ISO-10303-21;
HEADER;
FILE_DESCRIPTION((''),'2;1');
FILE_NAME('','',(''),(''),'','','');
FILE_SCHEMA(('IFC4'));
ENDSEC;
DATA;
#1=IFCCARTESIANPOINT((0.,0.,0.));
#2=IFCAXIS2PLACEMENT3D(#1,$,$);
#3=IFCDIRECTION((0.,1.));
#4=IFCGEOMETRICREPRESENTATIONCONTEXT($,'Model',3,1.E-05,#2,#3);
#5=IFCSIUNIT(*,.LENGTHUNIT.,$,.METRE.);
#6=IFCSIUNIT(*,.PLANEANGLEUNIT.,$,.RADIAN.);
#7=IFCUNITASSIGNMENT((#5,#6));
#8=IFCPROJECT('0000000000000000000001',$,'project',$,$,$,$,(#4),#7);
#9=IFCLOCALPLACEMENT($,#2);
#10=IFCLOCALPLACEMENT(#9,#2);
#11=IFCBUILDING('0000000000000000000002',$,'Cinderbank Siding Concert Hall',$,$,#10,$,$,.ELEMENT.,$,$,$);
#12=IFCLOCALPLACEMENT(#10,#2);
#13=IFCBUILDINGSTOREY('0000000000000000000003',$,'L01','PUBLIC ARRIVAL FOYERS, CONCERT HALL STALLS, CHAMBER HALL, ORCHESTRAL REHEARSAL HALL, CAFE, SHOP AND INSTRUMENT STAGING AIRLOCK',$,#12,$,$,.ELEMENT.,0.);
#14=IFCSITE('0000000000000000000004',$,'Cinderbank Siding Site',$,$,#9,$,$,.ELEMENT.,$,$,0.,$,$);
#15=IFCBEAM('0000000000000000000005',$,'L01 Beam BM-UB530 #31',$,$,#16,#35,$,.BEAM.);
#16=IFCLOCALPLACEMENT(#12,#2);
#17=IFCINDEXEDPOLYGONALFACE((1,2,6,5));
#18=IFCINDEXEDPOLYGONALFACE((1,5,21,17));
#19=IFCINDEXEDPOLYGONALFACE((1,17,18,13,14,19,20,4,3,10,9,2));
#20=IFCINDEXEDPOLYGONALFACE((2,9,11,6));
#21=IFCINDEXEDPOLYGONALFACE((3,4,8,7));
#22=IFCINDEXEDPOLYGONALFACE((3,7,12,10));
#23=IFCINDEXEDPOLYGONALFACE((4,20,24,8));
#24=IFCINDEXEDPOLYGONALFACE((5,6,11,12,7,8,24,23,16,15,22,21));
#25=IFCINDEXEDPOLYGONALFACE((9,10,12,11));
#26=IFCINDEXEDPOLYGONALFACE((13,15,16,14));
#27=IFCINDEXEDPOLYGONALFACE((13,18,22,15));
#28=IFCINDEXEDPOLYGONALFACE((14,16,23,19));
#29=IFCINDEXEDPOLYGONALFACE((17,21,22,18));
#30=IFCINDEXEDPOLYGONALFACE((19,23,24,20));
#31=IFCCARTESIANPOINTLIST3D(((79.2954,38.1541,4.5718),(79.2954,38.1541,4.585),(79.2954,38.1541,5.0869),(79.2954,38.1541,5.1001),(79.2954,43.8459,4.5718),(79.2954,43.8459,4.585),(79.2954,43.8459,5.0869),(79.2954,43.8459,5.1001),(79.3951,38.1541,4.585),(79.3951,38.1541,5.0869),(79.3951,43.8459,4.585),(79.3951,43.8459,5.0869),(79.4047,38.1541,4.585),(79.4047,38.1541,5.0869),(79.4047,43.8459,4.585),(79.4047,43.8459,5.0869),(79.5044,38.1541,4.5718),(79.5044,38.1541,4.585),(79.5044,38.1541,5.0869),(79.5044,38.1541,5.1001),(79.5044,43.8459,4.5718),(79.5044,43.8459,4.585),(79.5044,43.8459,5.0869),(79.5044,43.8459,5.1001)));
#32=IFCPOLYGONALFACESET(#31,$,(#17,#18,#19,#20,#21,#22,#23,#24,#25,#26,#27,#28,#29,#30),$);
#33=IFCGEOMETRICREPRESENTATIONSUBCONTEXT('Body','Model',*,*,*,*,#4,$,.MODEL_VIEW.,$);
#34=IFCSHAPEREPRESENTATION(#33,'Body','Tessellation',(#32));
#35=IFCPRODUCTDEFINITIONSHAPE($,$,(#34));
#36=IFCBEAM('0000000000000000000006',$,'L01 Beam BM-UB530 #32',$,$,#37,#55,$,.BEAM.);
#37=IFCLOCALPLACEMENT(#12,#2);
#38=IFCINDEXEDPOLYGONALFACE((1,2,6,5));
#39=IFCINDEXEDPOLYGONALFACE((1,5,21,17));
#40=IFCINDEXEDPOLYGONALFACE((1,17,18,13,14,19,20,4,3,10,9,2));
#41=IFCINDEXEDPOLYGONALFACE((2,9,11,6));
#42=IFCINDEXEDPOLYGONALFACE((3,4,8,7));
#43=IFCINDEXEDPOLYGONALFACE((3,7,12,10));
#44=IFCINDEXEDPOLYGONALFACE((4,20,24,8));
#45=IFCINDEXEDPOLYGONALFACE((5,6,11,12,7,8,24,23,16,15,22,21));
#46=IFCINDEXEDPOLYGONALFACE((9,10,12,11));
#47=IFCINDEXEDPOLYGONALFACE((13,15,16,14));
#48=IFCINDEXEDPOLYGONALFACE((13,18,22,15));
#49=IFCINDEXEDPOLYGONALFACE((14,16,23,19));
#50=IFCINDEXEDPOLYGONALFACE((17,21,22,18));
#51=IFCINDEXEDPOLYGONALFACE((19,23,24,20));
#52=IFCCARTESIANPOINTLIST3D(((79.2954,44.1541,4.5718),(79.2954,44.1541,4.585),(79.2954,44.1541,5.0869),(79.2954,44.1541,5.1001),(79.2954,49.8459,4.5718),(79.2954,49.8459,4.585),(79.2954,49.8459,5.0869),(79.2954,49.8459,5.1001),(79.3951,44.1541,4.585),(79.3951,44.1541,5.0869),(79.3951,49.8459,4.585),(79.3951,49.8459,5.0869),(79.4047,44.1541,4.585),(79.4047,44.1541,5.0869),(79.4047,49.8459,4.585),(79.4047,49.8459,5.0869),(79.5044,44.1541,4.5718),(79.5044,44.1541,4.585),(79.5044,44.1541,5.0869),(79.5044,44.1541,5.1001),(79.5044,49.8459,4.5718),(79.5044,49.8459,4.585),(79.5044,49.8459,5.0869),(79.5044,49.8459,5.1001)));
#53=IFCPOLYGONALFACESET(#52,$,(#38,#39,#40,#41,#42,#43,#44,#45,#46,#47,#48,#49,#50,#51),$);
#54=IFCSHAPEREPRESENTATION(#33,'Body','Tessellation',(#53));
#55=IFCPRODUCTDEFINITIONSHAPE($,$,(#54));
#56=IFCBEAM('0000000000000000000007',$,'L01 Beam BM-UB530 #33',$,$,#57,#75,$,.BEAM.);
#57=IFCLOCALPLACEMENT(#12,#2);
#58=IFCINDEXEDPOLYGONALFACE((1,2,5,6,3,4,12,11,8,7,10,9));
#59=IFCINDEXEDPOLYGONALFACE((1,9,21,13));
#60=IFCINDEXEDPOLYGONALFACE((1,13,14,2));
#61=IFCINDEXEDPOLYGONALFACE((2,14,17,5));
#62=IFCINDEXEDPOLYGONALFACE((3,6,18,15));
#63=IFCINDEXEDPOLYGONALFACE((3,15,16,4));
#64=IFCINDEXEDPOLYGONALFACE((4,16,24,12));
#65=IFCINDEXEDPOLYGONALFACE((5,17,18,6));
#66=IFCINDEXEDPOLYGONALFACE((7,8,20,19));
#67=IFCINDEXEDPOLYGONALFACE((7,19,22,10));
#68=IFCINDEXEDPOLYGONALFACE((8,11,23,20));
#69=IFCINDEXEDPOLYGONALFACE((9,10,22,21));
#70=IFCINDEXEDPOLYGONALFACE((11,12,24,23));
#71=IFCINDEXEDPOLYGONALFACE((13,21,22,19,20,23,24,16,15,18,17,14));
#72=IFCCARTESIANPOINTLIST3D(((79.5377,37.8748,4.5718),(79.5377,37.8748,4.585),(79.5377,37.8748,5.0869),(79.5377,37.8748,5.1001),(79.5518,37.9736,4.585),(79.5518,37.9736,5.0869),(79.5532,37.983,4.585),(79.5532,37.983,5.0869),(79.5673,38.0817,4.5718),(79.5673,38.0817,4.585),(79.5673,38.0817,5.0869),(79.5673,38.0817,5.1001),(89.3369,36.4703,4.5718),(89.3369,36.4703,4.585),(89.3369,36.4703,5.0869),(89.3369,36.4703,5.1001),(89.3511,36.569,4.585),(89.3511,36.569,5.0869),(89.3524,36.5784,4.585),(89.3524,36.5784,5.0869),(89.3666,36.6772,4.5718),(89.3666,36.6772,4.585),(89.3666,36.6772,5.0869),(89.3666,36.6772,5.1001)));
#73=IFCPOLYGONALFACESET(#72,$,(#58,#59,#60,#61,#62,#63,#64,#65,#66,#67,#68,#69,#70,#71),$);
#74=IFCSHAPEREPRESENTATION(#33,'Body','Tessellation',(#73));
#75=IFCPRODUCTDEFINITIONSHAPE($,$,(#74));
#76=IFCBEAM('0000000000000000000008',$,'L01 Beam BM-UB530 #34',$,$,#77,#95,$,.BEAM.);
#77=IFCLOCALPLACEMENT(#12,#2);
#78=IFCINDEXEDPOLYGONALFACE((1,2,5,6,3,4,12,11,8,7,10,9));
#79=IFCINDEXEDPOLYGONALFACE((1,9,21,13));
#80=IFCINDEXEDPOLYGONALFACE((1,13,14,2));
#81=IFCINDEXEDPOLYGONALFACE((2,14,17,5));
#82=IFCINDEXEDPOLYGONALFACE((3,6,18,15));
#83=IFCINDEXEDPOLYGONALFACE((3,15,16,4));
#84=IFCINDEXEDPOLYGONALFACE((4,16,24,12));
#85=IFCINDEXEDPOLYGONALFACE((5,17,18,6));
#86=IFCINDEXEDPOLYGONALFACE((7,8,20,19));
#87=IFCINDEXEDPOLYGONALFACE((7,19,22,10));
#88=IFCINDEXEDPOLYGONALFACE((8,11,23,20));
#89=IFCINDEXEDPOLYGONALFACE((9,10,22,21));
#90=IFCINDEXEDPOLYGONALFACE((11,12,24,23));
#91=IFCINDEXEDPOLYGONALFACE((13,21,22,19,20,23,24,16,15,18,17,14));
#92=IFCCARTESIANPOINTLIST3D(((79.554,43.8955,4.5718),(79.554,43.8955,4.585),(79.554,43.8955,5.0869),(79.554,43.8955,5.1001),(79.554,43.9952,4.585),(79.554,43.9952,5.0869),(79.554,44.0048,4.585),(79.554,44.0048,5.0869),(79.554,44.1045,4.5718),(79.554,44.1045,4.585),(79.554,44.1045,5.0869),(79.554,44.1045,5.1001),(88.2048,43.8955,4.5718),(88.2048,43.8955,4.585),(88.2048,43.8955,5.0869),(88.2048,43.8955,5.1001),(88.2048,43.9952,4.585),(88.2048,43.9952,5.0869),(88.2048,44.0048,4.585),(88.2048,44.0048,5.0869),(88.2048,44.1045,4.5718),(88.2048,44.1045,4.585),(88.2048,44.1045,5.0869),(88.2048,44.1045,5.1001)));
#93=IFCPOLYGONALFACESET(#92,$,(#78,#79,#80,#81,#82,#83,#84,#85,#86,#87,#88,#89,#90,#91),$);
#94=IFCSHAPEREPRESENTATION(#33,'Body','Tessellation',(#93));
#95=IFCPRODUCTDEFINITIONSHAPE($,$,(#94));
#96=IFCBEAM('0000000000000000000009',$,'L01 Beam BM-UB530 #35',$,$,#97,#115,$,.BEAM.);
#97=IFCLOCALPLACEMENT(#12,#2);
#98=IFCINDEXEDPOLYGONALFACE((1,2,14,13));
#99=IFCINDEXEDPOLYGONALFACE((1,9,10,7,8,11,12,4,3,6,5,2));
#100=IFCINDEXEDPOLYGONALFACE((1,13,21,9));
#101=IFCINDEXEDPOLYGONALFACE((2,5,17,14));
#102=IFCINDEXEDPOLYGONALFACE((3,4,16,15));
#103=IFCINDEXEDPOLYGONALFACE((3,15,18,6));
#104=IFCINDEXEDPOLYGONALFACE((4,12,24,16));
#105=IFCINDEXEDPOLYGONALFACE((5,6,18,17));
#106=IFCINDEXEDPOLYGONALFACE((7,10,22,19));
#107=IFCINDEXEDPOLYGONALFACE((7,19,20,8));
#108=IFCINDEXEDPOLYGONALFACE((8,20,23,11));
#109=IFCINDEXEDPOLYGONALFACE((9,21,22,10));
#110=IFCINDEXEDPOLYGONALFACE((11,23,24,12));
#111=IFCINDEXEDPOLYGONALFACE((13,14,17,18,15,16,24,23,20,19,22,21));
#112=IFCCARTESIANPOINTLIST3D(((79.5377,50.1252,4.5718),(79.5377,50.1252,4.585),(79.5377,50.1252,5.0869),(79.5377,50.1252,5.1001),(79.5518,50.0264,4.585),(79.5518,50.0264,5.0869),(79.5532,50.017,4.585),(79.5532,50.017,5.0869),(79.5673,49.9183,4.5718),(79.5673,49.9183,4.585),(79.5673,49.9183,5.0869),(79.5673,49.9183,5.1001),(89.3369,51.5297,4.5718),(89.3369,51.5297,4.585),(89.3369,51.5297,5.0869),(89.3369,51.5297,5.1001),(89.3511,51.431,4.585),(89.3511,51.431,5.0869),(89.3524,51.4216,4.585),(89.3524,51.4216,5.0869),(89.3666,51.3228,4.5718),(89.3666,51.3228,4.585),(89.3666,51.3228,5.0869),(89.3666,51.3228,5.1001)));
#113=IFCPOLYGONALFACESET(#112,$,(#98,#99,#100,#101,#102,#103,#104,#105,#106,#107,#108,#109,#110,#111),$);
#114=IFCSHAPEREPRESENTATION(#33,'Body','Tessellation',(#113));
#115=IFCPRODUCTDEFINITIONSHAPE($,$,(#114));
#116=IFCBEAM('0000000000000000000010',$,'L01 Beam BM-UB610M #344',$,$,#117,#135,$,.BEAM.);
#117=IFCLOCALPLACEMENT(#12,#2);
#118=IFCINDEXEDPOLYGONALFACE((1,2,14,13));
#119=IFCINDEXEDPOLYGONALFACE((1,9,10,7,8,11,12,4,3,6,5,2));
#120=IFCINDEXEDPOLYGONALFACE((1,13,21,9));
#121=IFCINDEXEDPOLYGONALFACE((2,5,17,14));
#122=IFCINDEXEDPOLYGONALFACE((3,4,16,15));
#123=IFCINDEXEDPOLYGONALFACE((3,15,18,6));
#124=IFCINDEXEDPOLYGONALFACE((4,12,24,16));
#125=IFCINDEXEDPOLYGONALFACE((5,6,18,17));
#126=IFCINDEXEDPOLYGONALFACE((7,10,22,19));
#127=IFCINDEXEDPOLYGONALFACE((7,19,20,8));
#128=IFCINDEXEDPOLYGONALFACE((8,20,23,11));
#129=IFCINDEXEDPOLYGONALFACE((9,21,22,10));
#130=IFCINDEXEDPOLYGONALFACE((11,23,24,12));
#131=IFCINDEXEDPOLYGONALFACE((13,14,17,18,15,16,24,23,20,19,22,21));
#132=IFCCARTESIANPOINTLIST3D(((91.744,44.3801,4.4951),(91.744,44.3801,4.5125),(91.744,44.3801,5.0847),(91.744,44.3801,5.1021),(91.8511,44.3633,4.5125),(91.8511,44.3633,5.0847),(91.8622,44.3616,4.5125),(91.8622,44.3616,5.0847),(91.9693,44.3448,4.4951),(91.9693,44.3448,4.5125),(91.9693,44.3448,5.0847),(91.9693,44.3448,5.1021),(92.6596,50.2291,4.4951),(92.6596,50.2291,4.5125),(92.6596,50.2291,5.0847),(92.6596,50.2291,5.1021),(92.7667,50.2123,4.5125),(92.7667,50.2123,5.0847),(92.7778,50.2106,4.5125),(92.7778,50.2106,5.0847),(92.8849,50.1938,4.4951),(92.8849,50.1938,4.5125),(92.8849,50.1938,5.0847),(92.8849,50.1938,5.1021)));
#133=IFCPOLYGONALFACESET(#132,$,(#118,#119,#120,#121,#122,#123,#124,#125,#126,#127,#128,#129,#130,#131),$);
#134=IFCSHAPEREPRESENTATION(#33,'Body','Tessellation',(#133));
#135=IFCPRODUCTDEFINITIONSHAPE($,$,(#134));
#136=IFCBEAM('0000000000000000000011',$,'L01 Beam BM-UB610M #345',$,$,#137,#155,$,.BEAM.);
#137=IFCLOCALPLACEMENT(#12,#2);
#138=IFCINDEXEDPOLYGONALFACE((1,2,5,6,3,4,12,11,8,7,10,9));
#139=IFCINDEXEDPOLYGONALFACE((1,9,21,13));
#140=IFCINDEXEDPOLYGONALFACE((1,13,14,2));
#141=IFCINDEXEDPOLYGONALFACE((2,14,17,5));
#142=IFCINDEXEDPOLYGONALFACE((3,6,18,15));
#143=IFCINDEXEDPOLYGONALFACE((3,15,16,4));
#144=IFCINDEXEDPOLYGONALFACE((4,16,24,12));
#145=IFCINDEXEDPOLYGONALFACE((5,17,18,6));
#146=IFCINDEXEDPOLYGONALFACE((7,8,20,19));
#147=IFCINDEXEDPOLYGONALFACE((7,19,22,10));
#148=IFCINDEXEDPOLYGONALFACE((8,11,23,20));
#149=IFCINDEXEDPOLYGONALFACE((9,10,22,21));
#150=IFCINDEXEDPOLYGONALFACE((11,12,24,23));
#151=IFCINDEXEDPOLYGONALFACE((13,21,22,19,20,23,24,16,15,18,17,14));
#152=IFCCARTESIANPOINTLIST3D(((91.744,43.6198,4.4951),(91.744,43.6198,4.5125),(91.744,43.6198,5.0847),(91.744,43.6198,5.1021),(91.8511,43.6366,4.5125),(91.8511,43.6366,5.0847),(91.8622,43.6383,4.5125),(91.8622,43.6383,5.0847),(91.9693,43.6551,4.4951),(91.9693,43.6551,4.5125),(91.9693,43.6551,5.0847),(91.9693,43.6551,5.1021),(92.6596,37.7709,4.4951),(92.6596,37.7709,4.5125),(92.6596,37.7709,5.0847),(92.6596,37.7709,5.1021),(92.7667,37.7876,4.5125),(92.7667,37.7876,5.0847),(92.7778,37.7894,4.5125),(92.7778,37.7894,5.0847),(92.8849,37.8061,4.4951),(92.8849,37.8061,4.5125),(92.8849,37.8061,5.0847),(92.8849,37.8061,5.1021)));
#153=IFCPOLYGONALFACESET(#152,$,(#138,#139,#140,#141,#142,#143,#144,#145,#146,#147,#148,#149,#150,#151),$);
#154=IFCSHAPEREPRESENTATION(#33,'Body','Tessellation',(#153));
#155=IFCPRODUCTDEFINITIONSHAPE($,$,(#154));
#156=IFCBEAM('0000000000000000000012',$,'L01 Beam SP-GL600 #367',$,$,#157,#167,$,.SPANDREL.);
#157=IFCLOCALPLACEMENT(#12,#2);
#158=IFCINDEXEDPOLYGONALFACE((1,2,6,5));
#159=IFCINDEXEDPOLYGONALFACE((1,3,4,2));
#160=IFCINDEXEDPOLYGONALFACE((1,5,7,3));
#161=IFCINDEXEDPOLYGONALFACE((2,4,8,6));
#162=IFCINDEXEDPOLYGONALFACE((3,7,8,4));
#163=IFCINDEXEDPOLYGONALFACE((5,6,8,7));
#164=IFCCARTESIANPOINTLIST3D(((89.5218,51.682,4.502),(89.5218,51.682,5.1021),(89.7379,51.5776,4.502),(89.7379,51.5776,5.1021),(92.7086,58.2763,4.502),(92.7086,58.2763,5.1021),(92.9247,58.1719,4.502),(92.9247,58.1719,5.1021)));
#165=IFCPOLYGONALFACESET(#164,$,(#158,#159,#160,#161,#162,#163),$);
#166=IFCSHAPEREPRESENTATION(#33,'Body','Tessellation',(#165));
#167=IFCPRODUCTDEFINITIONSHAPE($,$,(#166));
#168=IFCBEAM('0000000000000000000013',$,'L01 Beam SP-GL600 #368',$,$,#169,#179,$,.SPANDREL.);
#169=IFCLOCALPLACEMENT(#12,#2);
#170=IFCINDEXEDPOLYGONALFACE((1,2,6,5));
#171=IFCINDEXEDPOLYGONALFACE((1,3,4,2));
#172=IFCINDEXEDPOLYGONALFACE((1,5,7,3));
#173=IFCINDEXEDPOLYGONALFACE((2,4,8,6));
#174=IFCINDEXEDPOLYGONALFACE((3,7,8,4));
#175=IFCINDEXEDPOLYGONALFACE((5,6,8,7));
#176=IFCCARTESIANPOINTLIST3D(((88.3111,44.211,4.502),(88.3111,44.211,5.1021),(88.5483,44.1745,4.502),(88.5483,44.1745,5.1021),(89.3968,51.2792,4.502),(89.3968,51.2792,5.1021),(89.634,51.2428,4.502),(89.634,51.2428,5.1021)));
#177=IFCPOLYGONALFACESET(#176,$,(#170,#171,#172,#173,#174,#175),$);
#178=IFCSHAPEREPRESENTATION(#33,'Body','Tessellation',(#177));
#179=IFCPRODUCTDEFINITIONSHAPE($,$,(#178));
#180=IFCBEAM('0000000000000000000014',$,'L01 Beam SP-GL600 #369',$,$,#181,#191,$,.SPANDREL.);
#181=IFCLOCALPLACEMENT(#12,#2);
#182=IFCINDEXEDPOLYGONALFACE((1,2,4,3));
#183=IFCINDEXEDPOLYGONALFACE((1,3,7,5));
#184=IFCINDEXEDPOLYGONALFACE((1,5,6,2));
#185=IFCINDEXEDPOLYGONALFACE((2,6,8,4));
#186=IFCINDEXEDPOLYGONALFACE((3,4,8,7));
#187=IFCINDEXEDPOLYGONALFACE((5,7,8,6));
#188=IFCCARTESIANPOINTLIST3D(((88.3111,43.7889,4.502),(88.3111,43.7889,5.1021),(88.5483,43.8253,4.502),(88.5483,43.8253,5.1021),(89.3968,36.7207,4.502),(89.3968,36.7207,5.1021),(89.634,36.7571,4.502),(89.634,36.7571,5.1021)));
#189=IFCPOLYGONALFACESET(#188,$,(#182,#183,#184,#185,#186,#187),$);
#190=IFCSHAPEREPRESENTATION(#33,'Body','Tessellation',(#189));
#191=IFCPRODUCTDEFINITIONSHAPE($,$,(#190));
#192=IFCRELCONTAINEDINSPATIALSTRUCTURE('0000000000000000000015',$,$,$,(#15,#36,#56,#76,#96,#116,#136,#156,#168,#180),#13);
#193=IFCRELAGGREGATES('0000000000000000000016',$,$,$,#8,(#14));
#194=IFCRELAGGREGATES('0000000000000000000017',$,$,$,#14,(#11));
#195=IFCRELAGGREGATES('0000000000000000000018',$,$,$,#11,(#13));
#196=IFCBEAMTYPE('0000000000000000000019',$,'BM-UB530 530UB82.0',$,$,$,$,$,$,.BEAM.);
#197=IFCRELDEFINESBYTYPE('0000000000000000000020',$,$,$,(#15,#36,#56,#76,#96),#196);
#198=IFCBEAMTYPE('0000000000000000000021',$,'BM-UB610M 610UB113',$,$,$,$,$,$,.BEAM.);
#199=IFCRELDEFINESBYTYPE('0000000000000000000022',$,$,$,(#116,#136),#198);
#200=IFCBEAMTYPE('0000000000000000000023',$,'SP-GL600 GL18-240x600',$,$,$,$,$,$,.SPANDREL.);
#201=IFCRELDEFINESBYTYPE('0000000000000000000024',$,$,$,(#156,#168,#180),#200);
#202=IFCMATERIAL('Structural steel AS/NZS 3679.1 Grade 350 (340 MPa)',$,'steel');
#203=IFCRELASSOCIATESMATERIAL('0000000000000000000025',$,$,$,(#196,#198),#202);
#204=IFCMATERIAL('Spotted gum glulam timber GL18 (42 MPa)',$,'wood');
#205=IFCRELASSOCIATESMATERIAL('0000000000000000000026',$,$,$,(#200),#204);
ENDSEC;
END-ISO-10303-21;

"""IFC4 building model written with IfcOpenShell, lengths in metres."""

from ifc_helpers import new_model, si_unit, direction, frame, origin, origin_2d, place, context, subcontext, project, spatial, rectangle, i_section, extrude, material, material_profile, profile_set, type_object, element, save


model = new_model("IFC4")

# Units and contexts
model_context = context("Model", 3, precision=1e-05, world=origin(), true_north=direction((0.0, 1.0)))
body_context = subcontext(model_context, "Body", "Model", "MODEL_VIEW")
ifc_project = project(units=[si_unit("LENGTHUNIT", "METRE"), si_unit("PLANEANGLEUNIT", "RADIAN")], contexts=[model_context])

# Site, building, storey
site_placement = place(None, origin())
site = spatial("IfcSite", under=ifc_project, at=site_placement, Name="Cinderbank Siding Site", CompositionType="ELEMENT", RefElevation=0.0)
building_placement = place(site_placement, origin())
building = spatial("IfcBuilding", under=site, at=building_placement, Name="Cinderbank Siding Concert Hall", CompositionType="ELEMENT")
storey_placement = place(building_placement, origin())
storey = spatial("IfcBuildingStorey", under=building, at=storey_placement, Name="L01", Description="PUBLIC ARRIVAL FOYERS, CONCERT HALL STALLS, CHAMBER HALL, ORCHESTRAL REHEARSAL HALL, CAFE, SHOP AND INSTRUMENT STAGING AIRLOCK", CompositionType="ELEMENT", Elevation=0.0)

# Beams
ifc_material_1 = material(Name="Structural steel AS/NZS 3679.1 Grade 350 (340 MPa)", Category="steel")
ifc_material_profile_1 = material_profile(ifc_material_1, i_section(OverallWidth=0.209, OverallDepth=0.5283, WebThickness=0.0095, FlangeThickness=0.0132, at=origin_2d()), Name="530UB82.0", Category="LoadBearing")
ifc_profile_set_1 = profile_set([ifc_material_profile_1], Name="Structural steel AS/NZS 3679.1 Grade 350 (340 MPa)")
beam_type_1 = type_object("IfcBeamType", Name="BM-UB530 530UB82.0", PredefinedType="BEAM", material=ifc_profile_set_1)
for number, where, z_axis, x_axis, name in (
    (1, (79.3999, 38.1541, 4.8359), (0.0, 1.0, 0.0), (-1.0, 0.0, 0.0), "L01 Beam BM-UB530 #31"),
    (2, (79.3999, 44.1541, 4.8359), (0.0, 1.0, 0.0), (-1.0, 0.0, 0.0), "L01 Beam BM-UB530 #32"),
):
    element("IfcBeam", number, at=place(storey_placement, frame(where, z_axis=z_axis, x_axis=x_axis)), inside=storey, type_object=beam_type_1, Name=name, PredefinedType="BEAM", context=body_context, shape_type="SweptSolid", body=[
        extrude(i_section(OverallWidth=0.209, OverallDepth=0.5283, WebThickness=0.0095, FlangeThickness=0.0132, at=origin_2d()), origin(), (0.0, 0.0, 1.0), 5.6919),
    ])
beam_1_placement = place(storey_placement, frame((79.5525, 37.9783, 4.8359), z_axis=(0.989884, -0.141881, 0.0), x_axis=(0.141881, 0.989884, 0.0)))
element("IfcBeam", 3, at=beam_1_placement, inside=storey, type_object=beam_type_1, Name="L01 Beam BM-UB530 #33", PredefinedType="BEAM", context=body_context, shape_type="SweptSolid", body=[
    extrude(i_section(OverallWidth=0.209, OverallDepth=0.5283, WebThickness=0.0095, FlangeThickness=0.0132, at=origin_2d()), origin(), (0.0, 0.0, 1.0), 9.8994),
])
beam_2_placement = place(storey_placement, frame((79.554, 44.0, 4.8359), z_axis=(1.0, 0.0, 0.0), x_axis=(0.0, 1.0, 0.0)))
element("IfcBeam", 4, at=beam_2_placement, inside=storey, type_object=beam_type_1, Name="L01 Beam BM-UB530 #34", PredefinedType="BEAM", context=body_context, shape_type="SweptSolid", body=[
    extrude(i_section(OverallWidth=0.209, OverallDepth=0.5283, WebThickness=0.0095, FlangeThickness=0.0132, at=origin_2d()), origin(), (0.0, 0.0, 1.0), 8.6509),
])
beam_3_placement = place(storey_placement, frame((79.5525, 50.0217, 4.8359), z_axis=(0.989884, 0.141881, 0.0), x_axis=(-0.141881, 0.989884, 0.0)))
element("IfcBeam", 5, at=beam_3_placement, inside=storey, type_object=beam_type_1, Name="L01 Beam BM-UB530 #35", PredefinedType="BEAM", context=body_context, shape_type="SweptSolid", body=[
    extrude(i_section(OverallWidth=0.209, OverallDepth=0.5283, WebThickness=0.0095, FlangeThickness=0.0132, at=origin_2d()), origin(), (0.0, 0.0, 1.0), 9.8994),
])
ifc_material_profile_2 = material_profile(ifc_material_1, i_section(OverallWidth=0.228, OverallDepth=0.6069, WebThickness=0.0112, FlangeThickness=0.0173, at=origin_2d()), Name="610UB113", Category="LoadBearing")
ifc_profile_set_2 = profile_set([ifc_material_profile_2], Name="Structural steel AS/NZS 3679.1 Grade 350 (340 MPa)")
beam_type_2 = type_object("IfcBeamType", Name="BM-UB610M 610UB113", PredefinedType="BEAM", material=ifc_profile_set_2)
for number, where, z_axis, x_axis, name in (
    (6, (92.7722, 50.2114, 4.7986), (-0.154647, -0.98797, 0.0), (0.98797, -0.154647, 0.0), "L01 Beam BM-UB610M #344"),
    (7, (91.8567, 43.6375, 4.7986), (0.154647, -0.98797, 0.0), (0.98797, 0.154647, 0.0), "L01 Beam BM-UB610M #345"),
):
    element("IfcBeam", number, at=place(storey_placement, frame(where, z_axis=z_axis, x_axis=x_axis)), inside=storey, type_object=beam_type_2, Name=name, PredefinedType="BEAM", context=body_context, shape_type="SweptSolid", body=[
        extrude(i_section(OverallWidth=0.228, OverallDepth=0.6069, WebThickness=0.0112, FlangeThickness=0.0173, at=origin_2d()), origin(), (0.0, 0.0, 1.0), 5.9202),
    ])
ifc_material_2 = material(Name="Spotted gum glulam timber GL18 (42 MPa)", Category="wood")
ifc_material_profile_3 = material_profile(ifc_material_2, rectangle(XDim=0.24, YDim=0.6001, at=origin_2d()), Name="GL18-240x600", Category="LoadBearing")
ifc_profile_set_3 = profile_set([ifc_material_profile_3], Name="Spotted gum glulam timber GL18 (42 MPa)")
beam_type_3 = type_object("IfcBeamType", Name="SP-GL600 GL18-240x600", PredefinedType="SPANDREL", material=ifc_profile_set_3)
beam_4_placement = place(storey_placement, frame((92.8167, 58.2241, 4.802), z_axis=(-0.435119, -0.900373, 0.0), x_axis=(0.900373, -0.435119, 0.0)))
element("IfcBeam", 8, at=beam_4_placement, inside=storey, type_object=beam_type_3, Name="L01 Beam SP-GL600 #367", PredefinedType="SPANDREL", context=body_context, shape_type="SweptSolid", body=[
    extrude(rectangle(XDim=0.24, YDim=0.6001, at=origin_2d()), origin(), (0.0, 0.0, 1.0), 7.324),
])
for number, where, z_axis, x_axis, name in (
    (9, (89.5154, 51.261, 4.802), (-0.151824, -0.988408, 0.0), (0.988408, -0.151824, 0.0), "L01 Beam SP-GL600 #368"),
    (10, (88.4297, 43.8071, 4.802), (0.151824, -0.988408, 0.0), (0.988408, 0.151824, 0.0), "L01 Beam SP-GL600 #369"),
):
    element("IfcBeam", number, at=place(storey_placement, frame(where, z_axis=z_axis, x_axis=x_axis)), inside=storey, type_object=beam_type_3, Name=name, PredefinedType="SPANDREL", context=body_context, shape_type="SweptSolid", body=[
        extrude(rectangle(XDim=0.24, YDim=0.6001, at=origin_2d()), origin(), (0.0, 0.0, 1.0), 7.1511),
    ])

save(model, "model.ifc")
